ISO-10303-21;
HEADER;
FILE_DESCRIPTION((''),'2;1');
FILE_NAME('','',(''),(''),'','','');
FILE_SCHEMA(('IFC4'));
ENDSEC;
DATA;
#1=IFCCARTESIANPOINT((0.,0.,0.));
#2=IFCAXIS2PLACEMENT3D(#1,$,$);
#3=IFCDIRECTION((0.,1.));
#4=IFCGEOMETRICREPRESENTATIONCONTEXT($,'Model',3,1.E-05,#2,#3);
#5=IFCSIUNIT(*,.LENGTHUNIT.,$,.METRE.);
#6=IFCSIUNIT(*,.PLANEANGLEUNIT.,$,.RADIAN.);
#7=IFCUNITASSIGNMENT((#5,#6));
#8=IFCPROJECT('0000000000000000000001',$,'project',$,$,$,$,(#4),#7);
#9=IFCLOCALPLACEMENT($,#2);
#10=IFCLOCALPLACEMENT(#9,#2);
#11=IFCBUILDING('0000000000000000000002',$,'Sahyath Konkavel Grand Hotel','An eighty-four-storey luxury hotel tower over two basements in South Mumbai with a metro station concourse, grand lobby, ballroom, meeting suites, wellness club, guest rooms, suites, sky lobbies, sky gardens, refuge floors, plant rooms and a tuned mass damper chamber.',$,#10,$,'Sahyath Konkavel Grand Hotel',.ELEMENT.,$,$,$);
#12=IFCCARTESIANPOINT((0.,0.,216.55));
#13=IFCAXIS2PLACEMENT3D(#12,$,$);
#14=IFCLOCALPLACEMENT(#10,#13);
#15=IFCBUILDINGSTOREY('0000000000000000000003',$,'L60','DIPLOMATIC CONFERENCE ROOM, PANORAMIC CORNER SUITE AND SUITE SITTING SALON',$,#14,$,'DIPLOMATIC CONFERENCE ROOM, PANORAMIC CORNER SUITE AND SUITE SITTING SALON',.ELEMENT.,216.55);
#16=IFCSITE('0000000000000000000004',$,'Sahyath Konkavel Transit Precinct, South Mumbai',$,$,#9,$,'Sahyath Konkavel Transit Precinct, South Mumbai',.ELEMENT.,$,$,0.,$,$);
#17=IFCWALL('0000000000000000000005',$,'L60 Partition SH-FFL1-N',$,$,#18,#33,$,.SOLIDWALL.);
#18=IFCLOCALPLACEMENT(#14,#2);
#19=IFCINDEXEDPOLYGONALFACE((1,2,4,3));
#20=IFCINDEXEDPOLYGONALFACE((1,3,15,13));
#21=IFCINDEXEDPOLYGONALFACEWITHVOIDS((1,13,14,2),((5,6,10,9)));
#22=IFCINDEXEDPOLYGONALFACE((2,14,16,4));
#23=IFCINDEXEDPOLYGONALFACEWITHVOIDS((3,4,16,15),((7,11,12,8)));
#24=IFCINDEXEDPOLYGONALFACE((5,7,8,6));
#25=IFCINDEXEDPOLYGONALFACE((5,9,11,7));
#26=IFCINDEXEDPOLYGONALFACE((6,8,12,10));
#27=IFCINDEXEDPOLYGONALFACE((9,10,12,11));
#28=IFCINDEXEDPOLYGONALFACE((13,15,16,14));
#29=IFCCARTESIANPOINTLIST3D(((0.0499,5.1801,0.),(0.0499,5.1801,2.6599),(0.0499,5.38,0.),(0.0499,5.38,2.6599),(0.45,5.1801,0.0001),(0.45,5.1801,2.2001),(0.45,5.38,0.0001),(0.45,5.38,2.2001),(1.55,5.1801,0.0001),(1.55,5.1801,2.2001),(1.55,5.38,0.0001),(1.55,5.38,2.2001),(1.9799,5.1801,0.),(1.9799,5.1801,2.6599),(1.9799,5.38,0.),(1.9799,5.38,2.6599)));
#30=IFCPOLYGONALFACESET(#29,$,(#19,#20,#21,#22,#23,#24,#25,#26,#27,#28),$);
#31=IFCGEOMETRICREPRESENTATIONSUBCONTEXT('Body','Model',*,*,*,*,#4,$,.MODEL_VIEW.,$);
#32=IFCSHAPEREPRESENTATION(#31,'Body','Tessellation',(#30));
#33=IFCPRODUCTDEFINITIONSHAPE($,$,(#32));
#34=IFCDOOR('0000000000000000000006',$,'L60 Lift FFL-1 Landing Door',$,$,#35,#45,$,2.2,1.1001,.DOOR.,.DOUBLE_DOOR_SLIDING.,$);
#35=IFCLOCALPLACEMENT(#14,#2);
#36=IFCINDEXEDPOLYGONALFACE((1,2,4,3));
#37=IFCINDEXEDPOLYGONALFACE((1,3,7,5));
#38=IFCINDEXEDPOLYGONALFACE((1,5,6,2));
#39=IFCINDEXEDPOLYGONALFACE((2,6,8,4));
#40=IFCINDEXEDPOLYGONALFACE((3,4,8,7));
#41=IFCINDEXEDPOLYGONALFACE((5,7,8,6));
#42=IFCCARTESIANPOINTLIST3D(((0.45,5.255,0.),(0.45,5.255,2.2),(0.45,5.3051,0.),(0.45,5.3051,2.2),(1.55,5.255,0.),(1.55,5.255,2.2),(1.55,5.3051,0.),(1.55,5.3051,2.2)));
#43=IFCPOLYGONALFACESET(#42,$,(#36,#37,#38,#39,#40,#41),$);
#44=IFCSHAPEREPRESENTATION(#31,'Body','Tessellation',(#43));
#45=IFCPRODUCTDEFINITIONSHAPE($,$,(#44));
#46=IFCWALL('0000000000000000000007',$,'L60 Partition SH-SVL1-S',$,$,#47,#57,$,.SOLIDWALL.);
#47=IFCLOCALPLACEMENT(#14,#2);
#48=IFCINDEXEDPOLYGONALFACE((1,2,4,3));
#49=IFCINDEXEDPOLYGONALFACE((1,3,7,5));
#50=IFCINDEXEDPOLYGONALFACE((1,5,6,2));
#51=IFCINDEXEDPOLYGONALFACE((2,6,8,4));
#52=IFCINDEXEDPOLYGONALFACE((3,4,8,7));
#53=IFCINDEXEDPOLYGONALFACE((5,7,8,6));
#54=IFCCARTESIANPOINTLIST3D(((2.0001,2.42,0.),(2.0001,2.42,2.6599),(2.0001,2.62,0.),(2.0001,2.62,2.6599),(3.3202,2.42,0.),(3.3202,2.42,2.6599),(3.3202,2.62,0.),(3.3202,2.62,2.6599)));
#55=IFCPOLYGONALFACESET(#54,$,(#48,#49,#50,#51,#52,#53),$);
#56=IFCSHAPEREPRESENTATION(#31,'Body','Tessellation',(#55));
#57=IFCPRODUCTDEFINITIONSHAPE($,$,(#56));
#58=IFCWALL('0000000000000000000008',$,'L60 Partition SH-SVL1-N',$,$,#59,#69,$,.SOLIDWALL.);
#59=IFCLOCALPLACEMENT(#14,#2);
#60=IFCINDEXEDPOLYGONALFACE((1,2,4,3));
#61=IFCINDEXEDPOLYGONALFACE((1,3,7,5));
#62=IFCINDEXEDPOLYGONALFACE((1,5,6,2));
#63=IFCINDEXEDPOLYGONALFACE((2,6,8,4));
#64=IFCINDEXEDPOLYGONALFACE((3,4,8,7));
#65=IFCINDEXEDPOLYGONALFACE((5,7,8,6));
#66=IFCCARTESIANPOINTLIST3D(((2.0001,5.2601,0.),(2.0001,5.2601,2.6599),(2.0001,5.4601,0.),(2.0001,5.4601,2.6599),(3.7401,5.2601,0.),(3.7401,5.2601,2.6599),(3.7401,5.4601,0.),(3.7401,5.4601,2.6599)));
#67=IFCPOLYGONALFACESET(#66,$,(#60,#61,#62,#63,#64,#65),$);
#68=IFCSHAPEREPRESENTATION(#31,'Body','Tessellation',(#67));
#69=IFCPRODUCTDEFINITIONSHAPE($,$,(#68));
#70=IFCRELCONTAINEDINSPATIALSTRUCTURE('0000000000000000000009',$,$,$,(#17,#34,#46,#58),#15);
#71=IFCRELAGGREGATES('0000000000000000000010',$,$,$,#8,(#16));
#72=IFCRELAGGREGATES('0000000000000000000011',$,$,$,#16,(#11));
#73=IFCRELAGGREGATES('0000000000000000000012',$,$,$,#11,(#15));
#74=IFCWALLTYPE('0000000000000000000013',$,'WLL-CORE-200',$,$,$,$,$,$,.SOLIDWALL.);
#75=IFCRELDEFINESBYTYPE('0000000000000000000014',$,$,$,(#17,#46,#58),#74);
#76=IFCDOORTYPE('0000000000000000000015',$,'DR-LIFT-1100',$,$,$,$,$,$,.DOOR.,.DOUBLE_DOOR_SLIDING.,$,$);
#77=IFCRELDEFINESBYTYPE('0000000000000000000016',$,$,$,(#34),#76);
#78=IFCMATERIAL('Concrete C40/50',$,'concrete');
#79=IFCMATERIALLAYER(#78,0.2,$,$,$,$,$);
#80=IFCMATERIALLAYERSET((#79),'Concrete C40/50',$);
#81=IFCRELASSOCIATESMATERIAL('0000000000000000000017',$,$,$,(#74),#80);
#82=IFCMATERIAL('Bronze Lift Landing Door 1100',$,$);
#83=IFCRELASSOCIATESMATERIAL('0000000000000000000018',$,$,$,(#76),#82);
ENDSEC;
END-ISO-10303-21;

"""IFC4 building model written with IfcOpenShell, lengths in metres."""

from ifc_helpers import new_model, si_unit, direction, frame, frame_2d, origin, origin_2d, place, context, subcontext, project, spatial, rectangle, extrude, source, transform, mapped, material, layer, layer_set, type_object, element, fill, save


model = new_model("IFC4")

# Units and contexts
model_context = context("Model", 3, precision=1e-05, world=origin(), true_north=direction((0.0, 1.0)))
body_context = subcontext(model_context, "Body", "Model", "MODEL_VIEW")
ifc_project = project(units=[si_unit("LENGTHUNIT", "METRE"), si_unit("PLANEANGLEUNIT", "RADIAN")], contexts=[model_context])

# Site, building, storey
site_placement = place(None, origin())
site = spatial("IfcSite", under=ifc_project, at=site_placement, Name="Sahyath Konkavel Transit Precinct, South Mumbai", LongName="Sahyath Konkavel Transit Precinct, South Mumbai", CompositionType="ELEMENT", RefElevation=0.0)
building_placement = place(site_placement, origin())
building = spatial("IfcBuilding", under=site, at=building_placement, Name="Sahyath Konkavel Grand Hotel", Description="An eighty-four-storey luxury hotel tower over two basements in South Mumbai with a metro station concourse, grand lobby, ballroom, meeting suites, wellness club, guest rooms, suites, sky lobbies, sky gardens, refuge floors, plant rooms and a tuned mass damper chamber.", LongName="Sahyath Konkavel Grand Hotel", CompositionType="ELEMENT")
storey_placement = place(building_placement, frame((0.0, 0.0, 216.55)))
storey = spatial("IfcBuildingStorey", under=building, at=storey_placement, Name="L60", Description="DIPLOMATIC CONFERENCE ROOM, PANORAMIC CORNER SUITE AND SUITE SITTING SALON", LongName="DIPLOMATIC CONFERENCE ROOM, PANORAMIC CORNER SUITE AND SUITE SITTING SALON", CompositionType="ELEMENT", Elevation=216.55)

# Shared definitions
ifc_material_1 = material(Name="Concrete C40/50", Category="concrete")

# Shared definitions
ifc_layer_1 = layer(ifc_material_1, 0.2)
ifc_layer_set_1 = layer_set([ifc_layer_1], Name="Concrete C40/50")
wall_type = type_object("IfcWallType", Name="WLL-CORE-200", PredefinedType="SOLIDWALL", material=ifc_layer_set_1)

# Wall, opening, door
wall_1_placement = place(storey_placement, frame((0.05, 5.28, 0.0), z_axis=(0.0, 0.0, 1.0), x_axis=(1.0, 0.0, 0.0)))
wall_1 = element("IfcWall", 1, at=wall_1_placement, inside=storey, type_object=wall_type, Name="L60 Partition SH-FFL1-N", PredefinedType="SOLIDWALL", context=body_context, shape_type="SweptSolid", body=[
    extrude(rectangle(XDim=1.9299, YDim=0.2, at=frame_2d((0.9648, 0.0))), origin(), (0.0, 0.0, 1.0), 2.6599),
])
opening_1_placement = place(wall_1_placement, frame((0.3999, 0.0, 0.0)))
opening_1 = element("IfcOpeningElement", 2, at=opening_1_placement, cuts=wall_1, PredefinedType="OPENING", context=body_context, shape_type="SweptSolid", body=[
    extrude(rectangle(XDim=1.1001, YDim=2.2, at=frame_2d((0.55, 1.1001))), frame((0.0, 0.1099, 0.0), z_axis=(0.0, -1.0, 0.0), x_axis=(1.0, 0.0, 0.0)), (0.0, 0.0, 1.0), 0.22),
])
ifc_material_2 = material(Name="Bronze Lift Landing Door 1100")
door_type_1 = type_object("IfcDoorType", Name="DR-LIFT-1100", OperationType="DOUBLE_DOOR_SLIDING", PredefinedType="DOOR", material=ifc_material_2)
shared_shape_1 = source(origin(), body_context, "Body", "SweptSolid", [
    extrude(rectangle(XDim=1.1001, YDim=0.05, at=origin_2d()), origin(), (0.0, 0.0, 1.0), 2.2),
])
door_1_placement = place(opening_1_placement, frame((0.55, 0.0, 0.0)))
door_1 = element("IfcDoor", 3, at=door_1_placement, inside=storey, type_object=door_type_1, Name="L60 Lift FFL-1 Landing Door", OperationType="DOUBLE_DOOR_SLIDING", OverallHeight=2.2, OverallWidth=1.1001, PredefinedType="DOOR", context=body_context, shape_type="MappedRepresentation", body=[
    mapped(shared_shape_1, transform((0.0, 0.0, 0.0), scale=1.0)),
])
fill(opening_1, door_1)

# Walls
wall_2_placement = place(storey_placement, frame((2.0, 2.52, 0.0), z_axis=(0.0, 0.0, 1.0), x_axis=(1.0, 0.0, 0.0)))
element("IfcWall", 4, at=wall_2_placement, inside=storey, type_object=wall_type, Name="L60 Partition SH-SVL1-S", PredefinedType="SOLIDWALL", context=body_context, shape_type="SweptSolid", body=[
    extrude(rectangle(XDim=1.3201, YDim=0.2, at=frame_2d((0.6602, 0.0))), origin(), (0.0, 0.0, 1.0), 2.6599),
])
wall_3_placement = place(storey_placement, frame((2.0, 5.3601, 0.0), z_axis=(0.0, 0.0, 1.0), x_axis=(1.0, 0.0, 0.0)))
element("IfcWall", 5, at=wall_3_placement, inside=storey, type_object=wall_type, Name="L60 Partition SH-SVL1-N", PredefinedType="SOLIDWALL", context=body_context, shape_type="SweptSolid", body=[
    extrude(rectangle(XDim=1.74, YDim=0.2, at=frame_2d((0.8701, 0.0))), origin(), (0.0, 0.0, 1.0), 2.6599),
])

save(model, "model.ifc")
